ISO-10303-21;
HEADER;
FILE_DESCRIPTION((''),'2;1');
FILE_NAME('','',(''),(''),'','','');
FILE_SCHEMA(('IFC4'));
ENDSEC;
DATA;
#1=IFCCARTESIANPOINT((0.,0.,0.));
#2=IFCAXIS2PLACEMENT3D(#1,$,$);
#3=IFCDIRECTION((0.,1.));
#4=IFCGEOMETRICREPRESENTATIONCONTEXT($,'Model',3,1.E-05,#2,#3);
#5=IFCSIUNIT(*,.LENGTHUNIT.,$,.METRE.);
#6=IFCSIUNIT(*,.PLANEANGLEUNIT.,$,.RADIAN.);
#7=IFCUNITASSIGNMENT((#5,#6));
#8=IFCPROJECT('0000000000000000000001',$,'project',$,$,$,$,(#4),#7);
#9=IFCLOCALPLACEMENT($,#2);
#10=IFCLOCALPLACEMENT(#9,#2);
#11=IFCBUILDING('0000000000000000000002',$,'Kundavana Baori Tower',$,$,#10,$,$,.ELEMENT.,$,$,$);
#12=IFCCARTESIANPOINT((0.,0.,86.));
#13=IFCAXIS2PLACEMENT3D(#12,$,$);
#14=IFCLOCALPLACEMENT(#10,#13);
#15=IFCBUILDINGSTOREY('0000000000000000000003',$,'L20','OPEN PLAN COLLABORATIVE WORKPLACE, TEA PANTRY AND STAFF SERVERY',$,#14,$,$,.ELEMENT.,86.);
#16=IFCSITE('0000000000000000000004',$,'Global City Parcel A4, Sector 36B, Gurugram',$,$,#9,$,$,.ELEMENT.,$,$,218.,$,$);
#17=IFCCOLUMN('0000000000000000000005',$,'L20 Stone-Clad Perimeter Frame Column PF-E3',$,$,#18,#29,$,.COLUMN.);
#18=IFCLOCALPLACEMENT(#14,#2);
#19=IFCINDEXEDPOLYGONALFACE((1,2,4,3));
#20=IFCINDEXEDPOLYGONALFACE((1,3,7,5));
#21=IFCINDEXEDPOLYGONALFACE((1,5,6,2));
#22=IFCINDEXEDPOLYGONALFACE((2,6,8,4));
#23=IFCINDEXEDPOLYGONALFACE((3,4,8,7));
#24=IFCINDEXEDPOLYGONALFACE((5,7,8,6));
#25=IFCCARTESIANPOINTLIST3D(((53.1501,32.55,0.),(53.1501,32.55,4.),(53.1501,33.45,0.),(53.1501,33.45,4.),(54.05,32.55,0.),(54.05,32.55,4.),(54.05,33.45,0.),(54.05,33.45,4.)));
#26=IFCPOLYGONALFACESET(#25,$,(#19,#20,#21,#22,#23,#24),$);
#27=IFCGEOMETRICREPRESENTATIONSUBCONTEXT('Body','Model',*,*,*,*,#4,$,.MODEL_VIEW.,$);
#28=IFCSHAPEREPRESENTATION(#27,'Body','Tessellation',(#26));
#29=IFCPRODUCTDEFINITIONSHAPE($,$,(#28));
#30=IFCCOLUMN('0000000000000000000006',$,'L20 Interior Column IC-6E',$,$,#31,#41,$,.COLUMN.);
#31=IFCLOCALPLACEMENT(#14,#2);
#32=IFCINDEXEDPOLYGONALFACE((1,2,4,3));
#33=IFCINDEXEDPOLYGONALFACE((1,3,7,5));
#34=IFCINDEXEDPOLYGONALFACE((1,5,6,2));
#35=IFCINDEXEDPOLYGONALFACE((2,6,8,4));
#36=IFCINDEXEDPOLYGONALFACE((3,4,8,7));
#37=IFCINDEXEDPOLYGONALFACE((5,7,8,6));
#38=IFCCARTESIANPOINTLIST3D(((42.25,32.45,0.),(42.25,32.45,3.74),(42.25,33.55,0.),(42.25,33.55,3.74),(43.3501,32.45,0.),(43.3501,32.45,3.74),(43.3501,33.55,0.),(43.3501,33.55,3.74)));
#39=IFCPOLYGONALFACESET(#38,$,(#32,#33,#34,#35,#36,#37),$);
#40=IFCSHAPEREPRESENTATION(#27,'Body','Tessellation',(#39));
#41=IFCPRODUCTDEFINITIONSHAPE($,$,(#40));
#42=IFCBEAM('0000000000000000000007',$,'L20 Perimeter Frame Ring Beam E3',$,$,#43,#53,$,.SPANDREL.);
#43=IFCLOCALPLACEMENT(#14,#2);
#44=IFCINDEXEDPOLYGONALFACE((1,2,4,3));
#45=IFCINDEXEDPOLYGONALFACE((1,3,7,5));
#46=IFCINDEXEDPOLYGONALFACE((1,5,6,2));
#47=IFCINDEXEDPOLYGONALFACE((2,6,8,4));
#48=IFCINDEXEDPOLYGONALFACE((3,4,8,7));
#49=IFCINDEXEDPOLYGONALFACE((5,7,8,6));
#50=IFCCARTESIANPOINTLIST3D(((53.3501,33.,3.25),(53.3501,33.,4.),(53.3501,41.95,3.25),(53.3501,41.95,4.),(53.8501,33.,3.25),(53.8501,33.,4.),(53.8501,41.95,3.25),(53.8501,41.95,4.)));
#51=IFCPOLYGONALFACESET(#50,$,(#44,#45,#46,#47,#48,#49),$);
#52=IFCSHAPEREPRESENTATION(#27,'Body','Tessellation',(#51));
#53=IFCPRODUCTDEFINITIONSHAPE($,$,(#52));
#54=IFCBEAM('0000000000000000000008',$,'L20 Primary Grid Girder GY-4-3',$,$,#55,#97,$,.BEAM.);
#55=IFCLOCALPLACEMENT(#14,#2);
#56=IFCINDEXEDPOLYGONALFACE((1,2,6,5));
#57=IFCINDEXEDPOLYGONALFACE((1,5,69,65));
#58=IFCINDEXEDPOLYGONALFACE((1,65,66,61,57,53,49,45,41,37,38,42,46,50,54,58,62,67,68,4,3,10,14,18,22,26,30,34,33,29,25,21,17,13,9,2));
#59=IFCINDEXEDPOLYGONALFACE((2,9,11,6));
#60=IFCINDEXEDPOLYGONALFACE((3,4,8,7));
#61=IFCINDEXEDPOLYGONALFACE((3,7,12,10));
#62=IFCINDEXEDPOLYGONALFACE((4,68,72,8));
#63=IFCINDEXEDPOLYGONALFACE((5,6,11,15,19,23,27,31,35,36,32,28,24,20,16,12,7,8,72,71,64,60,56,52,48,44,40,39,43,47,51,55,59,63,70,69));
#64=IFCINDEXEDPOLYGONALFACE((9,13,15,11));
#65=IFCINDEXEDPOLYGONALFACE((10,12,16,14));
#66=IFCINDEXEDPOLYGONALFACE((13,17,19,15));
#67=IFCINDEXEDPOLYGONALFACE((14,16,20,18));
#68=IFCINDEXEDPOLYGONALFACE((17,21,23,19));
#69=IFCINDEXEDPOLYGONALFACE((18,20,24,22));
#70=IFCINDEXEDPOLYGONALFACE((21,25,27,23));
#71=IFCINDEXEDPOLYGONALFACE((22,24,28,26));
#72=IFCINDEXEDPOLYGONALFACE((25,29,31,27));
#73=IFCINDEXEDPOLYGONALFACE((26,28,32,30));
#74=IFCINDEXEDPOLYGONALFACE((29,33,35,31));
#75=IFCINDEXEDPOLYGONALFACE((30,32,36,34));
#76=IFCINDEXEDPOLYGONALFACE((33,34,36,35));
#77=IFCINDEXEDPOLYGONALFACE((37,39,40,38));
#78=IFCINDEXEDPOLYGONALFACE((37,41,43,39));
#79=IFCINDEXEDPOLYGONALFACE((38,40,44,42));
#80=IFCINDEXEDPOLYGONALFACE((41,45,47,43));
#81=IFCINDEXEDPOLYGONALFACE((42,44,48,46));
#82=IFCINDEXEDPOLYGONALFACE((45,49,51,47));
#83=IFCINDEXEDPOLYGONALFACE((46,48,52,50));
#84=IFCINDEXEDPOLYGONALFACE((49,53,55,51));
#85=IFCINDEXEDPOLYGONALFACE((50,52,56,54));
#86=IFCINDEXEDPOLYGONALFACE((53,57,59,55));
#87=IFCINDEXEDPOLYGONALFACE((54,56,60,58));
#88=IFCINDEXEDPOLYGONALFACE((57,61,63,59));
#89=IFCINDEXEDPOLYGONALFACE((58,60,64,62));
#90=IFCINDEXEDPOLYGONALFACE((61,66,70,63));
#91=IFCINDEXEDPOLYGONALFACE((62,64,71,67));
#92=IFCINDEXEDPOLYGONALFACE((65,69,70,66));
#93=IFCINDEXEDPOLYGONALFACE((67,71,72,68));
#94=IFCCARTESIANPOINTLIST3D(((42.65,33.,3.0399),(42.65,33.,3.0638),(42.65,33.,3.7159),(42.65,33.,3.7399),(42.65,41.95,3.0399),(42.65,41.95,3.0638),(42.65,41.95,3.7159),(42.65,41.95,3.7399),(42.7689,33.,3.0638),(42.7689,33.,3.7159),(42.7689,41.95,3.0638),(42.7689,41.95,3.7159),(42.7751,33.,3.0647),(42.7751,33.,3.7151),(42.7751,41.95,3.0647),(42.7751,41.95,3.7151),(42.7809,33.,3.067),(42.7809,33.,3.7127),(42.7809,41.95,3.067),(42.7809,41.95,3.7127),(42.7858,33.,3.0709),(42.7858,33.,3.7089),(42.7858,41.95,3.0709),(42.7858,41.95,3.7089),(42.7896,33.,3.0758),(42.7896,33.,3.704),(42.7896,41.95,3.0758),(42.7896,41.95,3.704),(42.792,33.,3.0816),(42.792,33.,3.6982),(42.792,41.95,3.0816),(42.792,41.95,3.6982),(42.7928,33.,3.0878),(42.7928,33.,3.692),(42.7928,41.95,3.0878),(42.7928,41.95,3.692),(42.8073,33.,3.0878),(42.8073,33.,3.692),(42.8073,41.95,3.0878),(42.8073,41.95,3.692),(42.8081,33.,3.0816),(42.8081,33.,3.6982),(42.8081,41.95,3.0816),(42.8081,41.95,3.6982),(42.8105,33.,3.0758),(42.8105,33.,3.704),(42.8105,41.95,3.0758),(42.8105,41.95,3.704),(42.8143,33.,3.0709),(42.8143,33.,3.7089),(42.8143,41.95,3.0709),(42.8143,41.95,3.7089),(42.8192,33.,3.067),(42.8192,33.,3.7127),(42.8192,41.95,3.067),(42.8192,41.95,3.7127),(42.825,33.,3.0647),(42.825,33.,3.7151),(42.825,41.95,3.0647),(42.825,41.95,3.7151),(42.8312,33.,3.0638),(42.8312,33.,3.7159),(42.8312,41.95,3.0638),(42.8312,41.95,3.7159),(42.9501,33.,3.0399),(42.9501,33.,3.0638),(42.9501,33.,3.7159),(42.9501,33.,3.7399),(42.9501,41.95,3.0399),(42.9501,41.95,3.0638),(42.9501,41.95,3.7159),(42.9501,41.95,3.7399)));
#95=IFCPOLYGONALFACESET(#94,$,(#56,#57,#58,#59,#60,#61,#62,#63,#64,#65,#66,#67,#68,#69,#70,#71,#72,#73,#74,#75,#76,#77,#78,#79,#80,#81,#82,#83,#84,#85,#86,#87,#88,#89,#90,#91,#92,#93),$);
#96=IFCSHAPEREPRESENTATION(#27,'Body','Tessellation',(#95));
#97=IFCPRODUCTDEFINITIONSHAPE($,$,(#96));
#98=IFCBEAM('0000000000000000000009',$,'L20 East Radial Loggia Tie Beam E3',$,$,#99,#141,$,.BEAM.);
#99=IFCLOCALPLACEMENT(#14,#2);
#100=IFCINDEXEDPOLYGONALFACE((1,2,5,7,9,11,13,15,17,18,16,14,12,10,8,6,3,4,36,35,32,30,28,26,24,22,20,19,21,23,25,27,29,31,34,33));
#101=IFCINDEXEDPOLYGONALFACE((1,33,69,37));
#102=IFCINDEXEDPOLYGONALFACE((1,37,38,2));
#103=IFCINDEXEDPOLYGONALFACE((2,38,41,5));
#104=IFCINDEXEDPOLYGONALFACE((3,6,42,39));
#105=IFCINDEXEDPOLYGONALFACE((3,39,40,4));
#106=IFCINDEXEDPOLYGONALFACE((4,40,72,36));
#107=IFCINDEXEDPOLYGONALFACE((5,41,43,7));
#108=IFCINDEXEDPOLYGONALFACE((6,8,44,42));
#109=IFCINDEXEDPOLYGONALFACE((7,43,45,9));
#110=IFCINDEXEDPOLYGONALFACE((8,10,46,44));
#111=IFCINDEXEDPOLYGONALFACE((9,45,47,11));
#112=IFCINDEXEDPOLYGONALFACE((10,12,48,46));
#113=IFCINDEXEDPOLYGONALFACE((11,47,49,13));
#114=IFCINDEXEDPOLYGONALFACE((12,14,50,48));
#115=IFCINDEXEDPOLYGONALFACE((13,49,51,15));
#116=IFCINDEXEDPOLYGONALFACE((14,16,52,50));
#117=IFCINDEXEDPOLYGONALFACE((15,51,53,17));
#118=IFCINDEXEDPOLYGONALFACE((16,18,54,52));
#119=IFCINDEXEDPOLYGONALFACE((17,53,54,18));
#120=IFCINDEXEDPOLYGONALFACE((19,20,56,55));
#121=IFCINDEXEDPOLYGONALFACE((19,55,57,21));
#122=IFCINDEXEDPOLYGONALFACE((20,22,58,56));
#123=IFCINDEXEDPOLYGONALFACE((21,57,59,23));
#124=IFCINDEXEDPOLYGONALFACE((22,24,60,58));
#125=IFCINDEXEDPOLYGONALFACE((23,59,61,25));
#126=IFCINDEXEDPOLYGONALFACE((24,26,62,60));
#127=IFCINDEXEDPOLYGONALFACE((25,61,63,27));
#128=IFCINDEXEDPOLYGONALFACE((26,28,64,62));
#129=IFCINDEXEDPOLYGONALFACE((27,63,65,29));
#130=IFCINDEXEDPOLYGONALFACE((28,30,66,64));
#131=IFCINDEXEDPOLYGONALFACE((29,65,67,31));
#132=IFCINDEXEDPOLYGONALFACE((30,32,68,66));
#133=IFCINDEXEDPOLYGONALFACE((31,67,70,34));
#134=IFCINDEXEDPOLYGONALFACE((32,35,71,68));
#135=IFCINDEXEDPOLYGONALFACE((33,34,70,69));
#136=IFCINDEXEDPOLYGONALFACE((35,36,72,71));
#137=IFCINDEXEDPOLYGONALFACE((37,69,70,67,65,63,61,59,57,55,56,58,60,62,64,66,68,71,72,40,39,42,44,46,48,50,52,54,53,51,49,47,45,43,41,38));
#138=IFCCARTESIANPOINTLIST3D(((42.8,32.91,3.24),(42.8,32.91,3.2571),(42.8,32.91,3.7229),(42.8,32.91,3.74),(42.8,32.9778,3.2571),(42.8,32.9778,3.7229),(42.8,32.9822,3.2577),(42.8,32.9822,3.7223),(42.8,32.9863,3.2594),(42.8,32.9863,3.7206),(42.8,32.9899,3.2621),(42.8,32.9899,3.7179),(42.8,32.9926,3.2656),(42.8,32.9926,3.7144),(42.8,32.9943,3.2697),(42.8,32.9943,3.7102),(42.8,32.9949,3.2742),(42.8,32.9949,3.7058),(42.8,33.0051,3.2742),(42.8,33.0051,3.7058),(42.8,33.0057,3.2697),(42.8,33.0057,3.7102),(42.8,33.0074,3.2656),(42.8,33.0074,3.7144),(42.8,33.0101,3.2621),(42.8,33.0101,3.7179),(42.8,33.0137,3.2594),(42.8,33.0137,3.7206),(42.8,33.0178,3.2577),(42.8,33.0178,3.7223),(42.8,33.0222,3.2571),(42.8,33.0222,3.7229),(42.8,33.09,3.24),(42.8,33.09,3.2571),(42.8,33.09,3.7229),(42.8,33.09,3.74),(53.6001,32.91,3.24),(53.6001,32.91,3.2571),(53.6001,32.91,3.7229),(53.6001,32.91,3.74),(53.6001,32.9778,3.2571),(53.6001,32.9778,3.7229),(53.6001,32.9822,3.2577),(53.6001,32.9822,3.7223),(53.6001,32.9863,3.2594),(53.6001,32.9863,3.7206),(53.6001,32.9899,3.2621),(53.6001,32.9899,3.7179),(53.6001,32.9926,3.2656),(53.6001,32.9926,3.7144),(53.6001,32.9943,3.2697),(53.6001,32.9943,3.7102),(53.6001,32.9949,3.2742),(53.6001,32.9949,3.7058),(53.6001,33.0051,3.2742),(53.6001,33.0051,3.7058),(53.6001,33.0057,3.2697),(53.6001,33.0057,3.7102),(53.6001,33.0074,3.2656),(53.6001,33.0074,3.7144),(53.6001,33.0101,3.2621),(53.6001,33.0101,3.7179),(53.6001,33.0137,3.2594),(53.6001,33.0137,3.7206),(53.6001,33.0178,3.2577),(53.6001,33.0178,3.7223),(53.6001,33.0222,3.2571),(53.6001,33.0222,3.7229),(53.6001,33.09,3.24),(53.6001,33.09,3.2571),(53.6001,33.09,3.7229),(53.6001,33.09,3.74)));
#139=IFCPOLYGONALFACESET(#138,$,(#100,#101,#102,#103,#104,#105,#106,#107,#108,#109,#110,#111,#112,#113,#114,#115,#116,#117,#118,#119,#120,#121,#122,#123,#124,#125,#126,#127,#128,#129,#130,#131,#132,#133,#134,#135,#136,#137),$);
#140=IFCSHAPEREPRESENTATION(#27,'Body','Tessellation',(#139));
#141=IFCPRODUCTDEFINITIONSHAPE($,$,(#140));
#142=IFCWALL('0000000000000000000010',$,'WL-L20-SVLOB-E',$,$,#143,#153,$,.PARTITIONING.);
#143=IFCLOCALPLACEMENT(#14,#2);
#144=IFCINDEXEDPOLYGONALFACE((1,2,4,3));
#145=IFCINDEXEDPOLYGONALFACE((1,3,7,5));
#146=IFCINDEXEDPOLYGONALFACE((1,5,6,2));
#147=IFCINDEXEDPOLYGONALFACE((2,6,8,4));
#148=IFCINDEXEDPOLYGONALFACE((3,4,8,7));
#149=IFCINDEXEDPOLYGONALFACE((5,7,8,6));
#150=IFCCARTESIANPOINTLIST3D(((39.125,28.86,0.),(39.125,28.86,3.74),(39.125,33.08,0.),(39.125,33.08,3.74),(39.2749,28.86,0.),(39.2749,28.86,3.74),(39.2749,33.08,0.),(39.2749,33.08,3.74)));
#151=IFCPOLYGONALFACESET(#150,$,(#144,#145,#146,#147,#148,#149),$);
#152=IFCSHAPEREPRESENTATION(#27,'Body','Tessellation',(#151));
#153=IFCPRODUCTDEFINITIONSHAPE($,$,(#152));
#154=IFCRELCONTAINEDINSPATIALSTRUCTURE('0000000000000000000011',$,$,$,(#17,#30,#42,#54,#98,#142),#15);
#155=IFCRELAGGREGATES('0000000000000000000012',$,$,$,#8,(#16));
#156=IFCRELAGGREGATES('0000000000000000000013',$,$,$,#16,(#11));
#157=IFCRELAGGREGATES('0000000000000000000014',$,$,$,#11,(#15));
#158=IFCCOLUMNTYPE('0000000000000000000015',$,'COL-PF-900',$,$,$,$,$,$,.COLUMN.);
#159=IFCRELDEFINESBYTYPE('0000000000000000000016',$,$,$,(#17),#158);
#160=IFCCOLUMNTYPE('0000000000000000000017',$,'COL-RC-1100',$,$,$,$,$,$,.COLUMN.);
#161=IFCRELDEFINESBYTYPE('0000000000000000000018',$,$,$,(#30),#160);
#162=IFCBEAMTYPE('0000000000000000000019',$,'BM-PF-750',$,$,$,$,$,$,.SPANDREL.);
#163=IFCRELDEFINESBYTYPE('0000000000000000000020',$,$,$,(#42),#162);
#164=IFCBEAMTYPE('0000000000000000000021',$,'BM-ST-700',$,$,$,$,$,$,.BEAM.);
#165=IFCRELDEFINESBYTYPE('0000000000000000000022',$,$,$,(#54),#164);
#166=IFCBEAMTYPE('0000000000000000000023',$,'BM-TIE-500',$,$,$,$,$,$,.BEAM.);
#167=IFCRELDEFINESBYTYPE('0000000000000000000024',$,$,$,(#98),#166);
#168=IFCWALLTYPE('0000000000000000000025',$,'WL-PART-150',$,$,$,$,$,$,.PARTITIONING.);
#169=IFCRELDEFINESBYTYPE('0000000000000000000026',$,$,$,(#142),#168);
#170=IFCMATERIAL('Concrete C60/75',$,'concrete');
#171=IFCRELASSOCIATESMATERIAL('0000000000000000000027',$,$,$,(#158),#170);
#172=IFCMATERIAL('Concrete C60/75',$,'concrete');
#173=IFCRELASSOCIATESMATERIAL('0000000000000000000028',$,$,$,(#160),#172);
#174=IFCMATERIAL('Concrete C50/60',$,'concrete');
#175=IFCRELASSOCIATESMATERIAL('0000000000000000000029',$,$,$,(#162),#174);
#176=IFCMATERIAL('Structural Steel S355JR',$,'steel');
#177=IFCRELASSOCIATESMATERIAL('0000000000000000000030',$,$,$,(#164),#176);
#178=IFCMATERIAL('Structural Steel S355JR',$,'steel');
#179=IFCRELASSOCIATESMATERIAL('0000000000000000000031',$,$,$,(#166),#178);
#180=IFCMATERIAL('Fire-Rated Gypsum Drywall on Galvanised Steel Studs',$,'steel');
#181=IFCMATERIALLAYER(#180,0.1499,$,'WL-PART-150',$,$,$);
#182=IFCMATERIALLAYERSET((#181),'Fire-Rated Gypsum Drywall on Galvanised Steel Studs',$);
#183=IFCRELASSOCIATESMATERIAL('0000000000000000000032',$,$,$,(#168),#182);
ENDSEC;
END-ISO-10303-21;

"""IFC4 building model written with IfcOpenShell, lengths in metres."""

from ifc_helpers import new_model, si_unit, direction, frame, frame_2d, origin, origin_2d, place, context, subcontext, project, spatial, rectangle, i_section, extrude, material, layer, layer_set, material_profile, profile_set, type_object, element, save


model = new_model("IFC4")

# Units and contexts
model_context = context("Model", 3, precision=1e-05, world=origin(), true_north=direction((0.0, 1.0)))
body_context = subcontext(model_context, "Body", "Model", "MODEL_VIEW")
ifc_project = project(units=[si_unit("LENGTHUNIT", "METRE"), si_unit("PLANEANGLEUNIT", "RADIAN")], contexts=[model_context])

# Site, building, storey
site_placement = place(None, origin())
site = spatial("IfcSite", under=ifc_project, at=site_placement, Name="Global City Parcel A4, Sector 36B, Gurugram", CompositionType="ELEMENT", RefElevation=218.0)
building_placement = place(site_placement, origin())
building = spatial("IfcBuilding", under=site, at=building_placement, Name="Kundavana Baori Tower", CompositionType="ELEMENT")
storey_placement = place(building_placement, frame((0.0, 0.0, 86.0)))
storey = spatial("IfcBuildingStorey", under=building, at=storey_placement, Name="L20", Description="OPEN PLAN COLLABORATIVE WORKPLACE, TEA PANTRY AND STAFF SERVERY", CompositionType="ELEMENT", Elevation=86.0)

# Columns
ifc_material_1 = material(Name="Concrete C60/75", Category="concrete")
ifc_material_profile_1 = material_profile(ifc_material_1, rectangle(XDim=0.8999, YDim=0.8999, at=origin_2d()), Name="RC PF 900x900")
ifc_profile_set_1 = profile_set([ifc_material_profile_1], Name="Concrete C60/75")
column_type_1 = type_object("IfcColumnType", Name="COL-PF-900", PredefinedType="COLUMN", material=ifc_profile_set_1)
column_1_placement = place(storey_placement, frame((53.6001, 33.0, 0.0), z_axis=(0.0, 0.0, 1.0), x_axis=(1.0, 0.0, 0.0)))
element("IfcColumn", 1, at=column_1_placement, inside=storey, type_object=column_type_1, Name="L20 Stone-Clad Perimeter Frame Column PF-E3", PredefinedType="COLUMN", context=body_context, shape_type="SweptSolid", body=[
    extrude(rectangle(XDim=0.8999, YDim=0.8999, at=origin_2d()), origin(), (0.0, 0.0, 1.0), 4.0),
])
ifc_material_2 = material(Name="Concrete C60/75", Category="concrete")
ifc_material_profile_2 = material_profile(ifc_material_2, rectangle(XDim=1.1001, YDim=1.1001, at=origin_2d()), Name="RC 1100x1100")
ifc_profile_set_2 = profile_set([ifc_material_profile_2], Name="Concrete C60/75")
column_type_2 = type_object("IfcColumnType", Name="COL-RC-1100", PredefinedType="COLUMN", material=ifc_profile_set_2)
column_2_placement = place(storey_placement, frame((42.8, 33.0, 0.0), z_axis=(0.0, 0.0, 1.0), x_axis=(1.0, 0.0, 0.0)))
element("IfcColumn", 2, at=column_2_placement, inside=storey, type_object=column_type_2, Name="L20 Interior Column IC-6E", PredefinedType="COLUMN", context=body_context, shape_type="SweptSolid", body=[
    extrude(rectangle(XDim=1.1001, YDim=1.1001, at=origin_2d()), origin(), (0.0, 0.0, 1.0), 3.74),
])

# Beams
ifc_material_3 = material(Name="Concrete C50/60", Category="concrete")
ifc_material_profile_3 = material_profile(ifc_material_3, rectangle(XDim=0.5, YDim=0.75, at=origin_2d()), Name="RC BM 500x750")
ifc_profile_set_3 = profile_set([ifc_material_profile_3], Name="Concrete C50/60")
beam_type_1 = type_object("IfcBeamType", Name="BM-PF-750", PredefinedType="SPANDREL", material=ifc_profile_set_3)
beam_1_placement = place(storey_placement, frame((53.6001, 33.0, 3.625), z_axis=(0.0, 1.0, 0.0), x_axis=(-1.0, 0.0, 0.0)))
element("IfcBeam", 3, at=beam_1_placement, inside=storey, type_object=beam_type_1, Name="L20 Perimeter Frame Ring Beam E3", PredefinedType="SPANDREL", context=body_context, shape_type="SweptSolid", body=[
    extrude(rectangle(XDim=0.5, YDim=0.75, at=origin_2d()), origin(), (0.0, 0.0, 1.0), 8.95),
])
ifc_material_4 = material(Name="Structural Steel S355JR", Category="steel")
ifc_material_profile_4 = material_profile(ifc_material_4, i_section(OverallWidth=0.3, OverallDepth=0.7, WebThickness=0.0144, FlangeThickness=0.0239, FilletRadius=0.0239, at=origin_2d()), Name="NPB 700x300x170")
ifc_profile_set_4 = profile_set([ifc_material_profile_4], Name="Structural Steel S355JR")
beam_type_2 = type_object("IfcBeamType", Name="BM-ST-700", PredefinedType="BEAM", material=ifc_profile_set_4)
beam_2_placement = place(storey_placement, frame((42.8, 33.0, 3.3899), z_axis=(0.0, 1.0, 0.0), x_axis=(-1.0, 0.0, 0.0)))
element("IfcBeam", 4, at=beam_2_placement, inside=storey, type_object=beam_type_2, Name="L20 Primary Grid Girder GY-4-3", PredefinedType="BEAM", context=body_context, shape_type="SweptSolid", body=[
    extrude(i_section(OverallWidth=0.3, OverallDepth=0.7, WebThickness=0.0144, FlangeThickness=0.0239, FilletRadius=0.0239, at=origin_2d()), origin(), (0.0, 0.0, 1.0), 8.95),
])
ifc_material_5 = material(Name="Structural Steel S355JR", Category="steel")
ifc_material_profile_5 = material_profile(ifc_material_5, i_section(OverallWidth=0.1799, OverallDepth=0.5, WebThickness=0.0103, FlangeThickness=0.0171, FilletRadius=0.0171, at=origin_2d()), Name="ISMB 500")
ifc_profile_set_5 = profile_set([ifc_material_profile_5], Name="Structural Steel S355JR")
beam_type_3 = type_object("IfcBeamType", Name="BM-TIE-500", PredefinedType="BEAM", material=ifc_profile_set_5)
beam_3_placement = place(storey_placement, frame((42.8, 33.0, 3.49), z_axis=(1.0, 0.0, 0.0), x_axis=(0.0, 1.0, 0.0)))
element("IfcBeam", 5, at=beam_3_placement, inside=storey, type_object=beam_type_3, Name="L20 East Radial Loggia Tie Beam E3", PredefinedType="BEAM", context=body_context, shape_type="SweptSolid", body=[
    extrude(i_section(OverallWidth=0.1799, OverallDepth=0.5, WebThickness=0.0103, FlangeThickness=0.0171, FilletRadius=0.0171, at=origin_2d()), origin(), (0.0, 0.0, 1.0), 10.8),
])

# Wall
ifc_material_6 = material(Name="Fire-Rated Gypsum Drywall on Galvanised Steel Studs", Category="steel")
ifc_layer_1 = layer(ifc_material_6, 0.1499, Name="WL-PART-150")
ifc_layer_set_1 = layer_set([ifc_layer_1], Name="Fire-Rated Gypsum Drywall on Galvanised Steel Studs")
wall_type_1 = type_object("IfcWallType", Name="WL-PART-150", PredefinedType="PARTITIONING", material=ifc_layer_set_1)
wall_1_placement = place(storey_placement, frame((39.2, 28.8601, 0.0), z_axis=(0.0, 0.0, 1.0), x_axis=(0.0, 1.0, 0.0)))
element("IfcWall", 6, at=wall_1_placement, inside=storey, type_object=wall_type_1, Name="WL-L20-SVLOB-E", PredefinedType="PARTITIONING", context=body_context, shape_type="SweptSolid", body=[
    extrude(rectangle(XDim=4.22, YDim=0.1499, at=frame_2d((2.1099, 0.0))), origin(), (0.0, 0.0, 1.0), 3.74),
])

save(model, "model.ifc")
